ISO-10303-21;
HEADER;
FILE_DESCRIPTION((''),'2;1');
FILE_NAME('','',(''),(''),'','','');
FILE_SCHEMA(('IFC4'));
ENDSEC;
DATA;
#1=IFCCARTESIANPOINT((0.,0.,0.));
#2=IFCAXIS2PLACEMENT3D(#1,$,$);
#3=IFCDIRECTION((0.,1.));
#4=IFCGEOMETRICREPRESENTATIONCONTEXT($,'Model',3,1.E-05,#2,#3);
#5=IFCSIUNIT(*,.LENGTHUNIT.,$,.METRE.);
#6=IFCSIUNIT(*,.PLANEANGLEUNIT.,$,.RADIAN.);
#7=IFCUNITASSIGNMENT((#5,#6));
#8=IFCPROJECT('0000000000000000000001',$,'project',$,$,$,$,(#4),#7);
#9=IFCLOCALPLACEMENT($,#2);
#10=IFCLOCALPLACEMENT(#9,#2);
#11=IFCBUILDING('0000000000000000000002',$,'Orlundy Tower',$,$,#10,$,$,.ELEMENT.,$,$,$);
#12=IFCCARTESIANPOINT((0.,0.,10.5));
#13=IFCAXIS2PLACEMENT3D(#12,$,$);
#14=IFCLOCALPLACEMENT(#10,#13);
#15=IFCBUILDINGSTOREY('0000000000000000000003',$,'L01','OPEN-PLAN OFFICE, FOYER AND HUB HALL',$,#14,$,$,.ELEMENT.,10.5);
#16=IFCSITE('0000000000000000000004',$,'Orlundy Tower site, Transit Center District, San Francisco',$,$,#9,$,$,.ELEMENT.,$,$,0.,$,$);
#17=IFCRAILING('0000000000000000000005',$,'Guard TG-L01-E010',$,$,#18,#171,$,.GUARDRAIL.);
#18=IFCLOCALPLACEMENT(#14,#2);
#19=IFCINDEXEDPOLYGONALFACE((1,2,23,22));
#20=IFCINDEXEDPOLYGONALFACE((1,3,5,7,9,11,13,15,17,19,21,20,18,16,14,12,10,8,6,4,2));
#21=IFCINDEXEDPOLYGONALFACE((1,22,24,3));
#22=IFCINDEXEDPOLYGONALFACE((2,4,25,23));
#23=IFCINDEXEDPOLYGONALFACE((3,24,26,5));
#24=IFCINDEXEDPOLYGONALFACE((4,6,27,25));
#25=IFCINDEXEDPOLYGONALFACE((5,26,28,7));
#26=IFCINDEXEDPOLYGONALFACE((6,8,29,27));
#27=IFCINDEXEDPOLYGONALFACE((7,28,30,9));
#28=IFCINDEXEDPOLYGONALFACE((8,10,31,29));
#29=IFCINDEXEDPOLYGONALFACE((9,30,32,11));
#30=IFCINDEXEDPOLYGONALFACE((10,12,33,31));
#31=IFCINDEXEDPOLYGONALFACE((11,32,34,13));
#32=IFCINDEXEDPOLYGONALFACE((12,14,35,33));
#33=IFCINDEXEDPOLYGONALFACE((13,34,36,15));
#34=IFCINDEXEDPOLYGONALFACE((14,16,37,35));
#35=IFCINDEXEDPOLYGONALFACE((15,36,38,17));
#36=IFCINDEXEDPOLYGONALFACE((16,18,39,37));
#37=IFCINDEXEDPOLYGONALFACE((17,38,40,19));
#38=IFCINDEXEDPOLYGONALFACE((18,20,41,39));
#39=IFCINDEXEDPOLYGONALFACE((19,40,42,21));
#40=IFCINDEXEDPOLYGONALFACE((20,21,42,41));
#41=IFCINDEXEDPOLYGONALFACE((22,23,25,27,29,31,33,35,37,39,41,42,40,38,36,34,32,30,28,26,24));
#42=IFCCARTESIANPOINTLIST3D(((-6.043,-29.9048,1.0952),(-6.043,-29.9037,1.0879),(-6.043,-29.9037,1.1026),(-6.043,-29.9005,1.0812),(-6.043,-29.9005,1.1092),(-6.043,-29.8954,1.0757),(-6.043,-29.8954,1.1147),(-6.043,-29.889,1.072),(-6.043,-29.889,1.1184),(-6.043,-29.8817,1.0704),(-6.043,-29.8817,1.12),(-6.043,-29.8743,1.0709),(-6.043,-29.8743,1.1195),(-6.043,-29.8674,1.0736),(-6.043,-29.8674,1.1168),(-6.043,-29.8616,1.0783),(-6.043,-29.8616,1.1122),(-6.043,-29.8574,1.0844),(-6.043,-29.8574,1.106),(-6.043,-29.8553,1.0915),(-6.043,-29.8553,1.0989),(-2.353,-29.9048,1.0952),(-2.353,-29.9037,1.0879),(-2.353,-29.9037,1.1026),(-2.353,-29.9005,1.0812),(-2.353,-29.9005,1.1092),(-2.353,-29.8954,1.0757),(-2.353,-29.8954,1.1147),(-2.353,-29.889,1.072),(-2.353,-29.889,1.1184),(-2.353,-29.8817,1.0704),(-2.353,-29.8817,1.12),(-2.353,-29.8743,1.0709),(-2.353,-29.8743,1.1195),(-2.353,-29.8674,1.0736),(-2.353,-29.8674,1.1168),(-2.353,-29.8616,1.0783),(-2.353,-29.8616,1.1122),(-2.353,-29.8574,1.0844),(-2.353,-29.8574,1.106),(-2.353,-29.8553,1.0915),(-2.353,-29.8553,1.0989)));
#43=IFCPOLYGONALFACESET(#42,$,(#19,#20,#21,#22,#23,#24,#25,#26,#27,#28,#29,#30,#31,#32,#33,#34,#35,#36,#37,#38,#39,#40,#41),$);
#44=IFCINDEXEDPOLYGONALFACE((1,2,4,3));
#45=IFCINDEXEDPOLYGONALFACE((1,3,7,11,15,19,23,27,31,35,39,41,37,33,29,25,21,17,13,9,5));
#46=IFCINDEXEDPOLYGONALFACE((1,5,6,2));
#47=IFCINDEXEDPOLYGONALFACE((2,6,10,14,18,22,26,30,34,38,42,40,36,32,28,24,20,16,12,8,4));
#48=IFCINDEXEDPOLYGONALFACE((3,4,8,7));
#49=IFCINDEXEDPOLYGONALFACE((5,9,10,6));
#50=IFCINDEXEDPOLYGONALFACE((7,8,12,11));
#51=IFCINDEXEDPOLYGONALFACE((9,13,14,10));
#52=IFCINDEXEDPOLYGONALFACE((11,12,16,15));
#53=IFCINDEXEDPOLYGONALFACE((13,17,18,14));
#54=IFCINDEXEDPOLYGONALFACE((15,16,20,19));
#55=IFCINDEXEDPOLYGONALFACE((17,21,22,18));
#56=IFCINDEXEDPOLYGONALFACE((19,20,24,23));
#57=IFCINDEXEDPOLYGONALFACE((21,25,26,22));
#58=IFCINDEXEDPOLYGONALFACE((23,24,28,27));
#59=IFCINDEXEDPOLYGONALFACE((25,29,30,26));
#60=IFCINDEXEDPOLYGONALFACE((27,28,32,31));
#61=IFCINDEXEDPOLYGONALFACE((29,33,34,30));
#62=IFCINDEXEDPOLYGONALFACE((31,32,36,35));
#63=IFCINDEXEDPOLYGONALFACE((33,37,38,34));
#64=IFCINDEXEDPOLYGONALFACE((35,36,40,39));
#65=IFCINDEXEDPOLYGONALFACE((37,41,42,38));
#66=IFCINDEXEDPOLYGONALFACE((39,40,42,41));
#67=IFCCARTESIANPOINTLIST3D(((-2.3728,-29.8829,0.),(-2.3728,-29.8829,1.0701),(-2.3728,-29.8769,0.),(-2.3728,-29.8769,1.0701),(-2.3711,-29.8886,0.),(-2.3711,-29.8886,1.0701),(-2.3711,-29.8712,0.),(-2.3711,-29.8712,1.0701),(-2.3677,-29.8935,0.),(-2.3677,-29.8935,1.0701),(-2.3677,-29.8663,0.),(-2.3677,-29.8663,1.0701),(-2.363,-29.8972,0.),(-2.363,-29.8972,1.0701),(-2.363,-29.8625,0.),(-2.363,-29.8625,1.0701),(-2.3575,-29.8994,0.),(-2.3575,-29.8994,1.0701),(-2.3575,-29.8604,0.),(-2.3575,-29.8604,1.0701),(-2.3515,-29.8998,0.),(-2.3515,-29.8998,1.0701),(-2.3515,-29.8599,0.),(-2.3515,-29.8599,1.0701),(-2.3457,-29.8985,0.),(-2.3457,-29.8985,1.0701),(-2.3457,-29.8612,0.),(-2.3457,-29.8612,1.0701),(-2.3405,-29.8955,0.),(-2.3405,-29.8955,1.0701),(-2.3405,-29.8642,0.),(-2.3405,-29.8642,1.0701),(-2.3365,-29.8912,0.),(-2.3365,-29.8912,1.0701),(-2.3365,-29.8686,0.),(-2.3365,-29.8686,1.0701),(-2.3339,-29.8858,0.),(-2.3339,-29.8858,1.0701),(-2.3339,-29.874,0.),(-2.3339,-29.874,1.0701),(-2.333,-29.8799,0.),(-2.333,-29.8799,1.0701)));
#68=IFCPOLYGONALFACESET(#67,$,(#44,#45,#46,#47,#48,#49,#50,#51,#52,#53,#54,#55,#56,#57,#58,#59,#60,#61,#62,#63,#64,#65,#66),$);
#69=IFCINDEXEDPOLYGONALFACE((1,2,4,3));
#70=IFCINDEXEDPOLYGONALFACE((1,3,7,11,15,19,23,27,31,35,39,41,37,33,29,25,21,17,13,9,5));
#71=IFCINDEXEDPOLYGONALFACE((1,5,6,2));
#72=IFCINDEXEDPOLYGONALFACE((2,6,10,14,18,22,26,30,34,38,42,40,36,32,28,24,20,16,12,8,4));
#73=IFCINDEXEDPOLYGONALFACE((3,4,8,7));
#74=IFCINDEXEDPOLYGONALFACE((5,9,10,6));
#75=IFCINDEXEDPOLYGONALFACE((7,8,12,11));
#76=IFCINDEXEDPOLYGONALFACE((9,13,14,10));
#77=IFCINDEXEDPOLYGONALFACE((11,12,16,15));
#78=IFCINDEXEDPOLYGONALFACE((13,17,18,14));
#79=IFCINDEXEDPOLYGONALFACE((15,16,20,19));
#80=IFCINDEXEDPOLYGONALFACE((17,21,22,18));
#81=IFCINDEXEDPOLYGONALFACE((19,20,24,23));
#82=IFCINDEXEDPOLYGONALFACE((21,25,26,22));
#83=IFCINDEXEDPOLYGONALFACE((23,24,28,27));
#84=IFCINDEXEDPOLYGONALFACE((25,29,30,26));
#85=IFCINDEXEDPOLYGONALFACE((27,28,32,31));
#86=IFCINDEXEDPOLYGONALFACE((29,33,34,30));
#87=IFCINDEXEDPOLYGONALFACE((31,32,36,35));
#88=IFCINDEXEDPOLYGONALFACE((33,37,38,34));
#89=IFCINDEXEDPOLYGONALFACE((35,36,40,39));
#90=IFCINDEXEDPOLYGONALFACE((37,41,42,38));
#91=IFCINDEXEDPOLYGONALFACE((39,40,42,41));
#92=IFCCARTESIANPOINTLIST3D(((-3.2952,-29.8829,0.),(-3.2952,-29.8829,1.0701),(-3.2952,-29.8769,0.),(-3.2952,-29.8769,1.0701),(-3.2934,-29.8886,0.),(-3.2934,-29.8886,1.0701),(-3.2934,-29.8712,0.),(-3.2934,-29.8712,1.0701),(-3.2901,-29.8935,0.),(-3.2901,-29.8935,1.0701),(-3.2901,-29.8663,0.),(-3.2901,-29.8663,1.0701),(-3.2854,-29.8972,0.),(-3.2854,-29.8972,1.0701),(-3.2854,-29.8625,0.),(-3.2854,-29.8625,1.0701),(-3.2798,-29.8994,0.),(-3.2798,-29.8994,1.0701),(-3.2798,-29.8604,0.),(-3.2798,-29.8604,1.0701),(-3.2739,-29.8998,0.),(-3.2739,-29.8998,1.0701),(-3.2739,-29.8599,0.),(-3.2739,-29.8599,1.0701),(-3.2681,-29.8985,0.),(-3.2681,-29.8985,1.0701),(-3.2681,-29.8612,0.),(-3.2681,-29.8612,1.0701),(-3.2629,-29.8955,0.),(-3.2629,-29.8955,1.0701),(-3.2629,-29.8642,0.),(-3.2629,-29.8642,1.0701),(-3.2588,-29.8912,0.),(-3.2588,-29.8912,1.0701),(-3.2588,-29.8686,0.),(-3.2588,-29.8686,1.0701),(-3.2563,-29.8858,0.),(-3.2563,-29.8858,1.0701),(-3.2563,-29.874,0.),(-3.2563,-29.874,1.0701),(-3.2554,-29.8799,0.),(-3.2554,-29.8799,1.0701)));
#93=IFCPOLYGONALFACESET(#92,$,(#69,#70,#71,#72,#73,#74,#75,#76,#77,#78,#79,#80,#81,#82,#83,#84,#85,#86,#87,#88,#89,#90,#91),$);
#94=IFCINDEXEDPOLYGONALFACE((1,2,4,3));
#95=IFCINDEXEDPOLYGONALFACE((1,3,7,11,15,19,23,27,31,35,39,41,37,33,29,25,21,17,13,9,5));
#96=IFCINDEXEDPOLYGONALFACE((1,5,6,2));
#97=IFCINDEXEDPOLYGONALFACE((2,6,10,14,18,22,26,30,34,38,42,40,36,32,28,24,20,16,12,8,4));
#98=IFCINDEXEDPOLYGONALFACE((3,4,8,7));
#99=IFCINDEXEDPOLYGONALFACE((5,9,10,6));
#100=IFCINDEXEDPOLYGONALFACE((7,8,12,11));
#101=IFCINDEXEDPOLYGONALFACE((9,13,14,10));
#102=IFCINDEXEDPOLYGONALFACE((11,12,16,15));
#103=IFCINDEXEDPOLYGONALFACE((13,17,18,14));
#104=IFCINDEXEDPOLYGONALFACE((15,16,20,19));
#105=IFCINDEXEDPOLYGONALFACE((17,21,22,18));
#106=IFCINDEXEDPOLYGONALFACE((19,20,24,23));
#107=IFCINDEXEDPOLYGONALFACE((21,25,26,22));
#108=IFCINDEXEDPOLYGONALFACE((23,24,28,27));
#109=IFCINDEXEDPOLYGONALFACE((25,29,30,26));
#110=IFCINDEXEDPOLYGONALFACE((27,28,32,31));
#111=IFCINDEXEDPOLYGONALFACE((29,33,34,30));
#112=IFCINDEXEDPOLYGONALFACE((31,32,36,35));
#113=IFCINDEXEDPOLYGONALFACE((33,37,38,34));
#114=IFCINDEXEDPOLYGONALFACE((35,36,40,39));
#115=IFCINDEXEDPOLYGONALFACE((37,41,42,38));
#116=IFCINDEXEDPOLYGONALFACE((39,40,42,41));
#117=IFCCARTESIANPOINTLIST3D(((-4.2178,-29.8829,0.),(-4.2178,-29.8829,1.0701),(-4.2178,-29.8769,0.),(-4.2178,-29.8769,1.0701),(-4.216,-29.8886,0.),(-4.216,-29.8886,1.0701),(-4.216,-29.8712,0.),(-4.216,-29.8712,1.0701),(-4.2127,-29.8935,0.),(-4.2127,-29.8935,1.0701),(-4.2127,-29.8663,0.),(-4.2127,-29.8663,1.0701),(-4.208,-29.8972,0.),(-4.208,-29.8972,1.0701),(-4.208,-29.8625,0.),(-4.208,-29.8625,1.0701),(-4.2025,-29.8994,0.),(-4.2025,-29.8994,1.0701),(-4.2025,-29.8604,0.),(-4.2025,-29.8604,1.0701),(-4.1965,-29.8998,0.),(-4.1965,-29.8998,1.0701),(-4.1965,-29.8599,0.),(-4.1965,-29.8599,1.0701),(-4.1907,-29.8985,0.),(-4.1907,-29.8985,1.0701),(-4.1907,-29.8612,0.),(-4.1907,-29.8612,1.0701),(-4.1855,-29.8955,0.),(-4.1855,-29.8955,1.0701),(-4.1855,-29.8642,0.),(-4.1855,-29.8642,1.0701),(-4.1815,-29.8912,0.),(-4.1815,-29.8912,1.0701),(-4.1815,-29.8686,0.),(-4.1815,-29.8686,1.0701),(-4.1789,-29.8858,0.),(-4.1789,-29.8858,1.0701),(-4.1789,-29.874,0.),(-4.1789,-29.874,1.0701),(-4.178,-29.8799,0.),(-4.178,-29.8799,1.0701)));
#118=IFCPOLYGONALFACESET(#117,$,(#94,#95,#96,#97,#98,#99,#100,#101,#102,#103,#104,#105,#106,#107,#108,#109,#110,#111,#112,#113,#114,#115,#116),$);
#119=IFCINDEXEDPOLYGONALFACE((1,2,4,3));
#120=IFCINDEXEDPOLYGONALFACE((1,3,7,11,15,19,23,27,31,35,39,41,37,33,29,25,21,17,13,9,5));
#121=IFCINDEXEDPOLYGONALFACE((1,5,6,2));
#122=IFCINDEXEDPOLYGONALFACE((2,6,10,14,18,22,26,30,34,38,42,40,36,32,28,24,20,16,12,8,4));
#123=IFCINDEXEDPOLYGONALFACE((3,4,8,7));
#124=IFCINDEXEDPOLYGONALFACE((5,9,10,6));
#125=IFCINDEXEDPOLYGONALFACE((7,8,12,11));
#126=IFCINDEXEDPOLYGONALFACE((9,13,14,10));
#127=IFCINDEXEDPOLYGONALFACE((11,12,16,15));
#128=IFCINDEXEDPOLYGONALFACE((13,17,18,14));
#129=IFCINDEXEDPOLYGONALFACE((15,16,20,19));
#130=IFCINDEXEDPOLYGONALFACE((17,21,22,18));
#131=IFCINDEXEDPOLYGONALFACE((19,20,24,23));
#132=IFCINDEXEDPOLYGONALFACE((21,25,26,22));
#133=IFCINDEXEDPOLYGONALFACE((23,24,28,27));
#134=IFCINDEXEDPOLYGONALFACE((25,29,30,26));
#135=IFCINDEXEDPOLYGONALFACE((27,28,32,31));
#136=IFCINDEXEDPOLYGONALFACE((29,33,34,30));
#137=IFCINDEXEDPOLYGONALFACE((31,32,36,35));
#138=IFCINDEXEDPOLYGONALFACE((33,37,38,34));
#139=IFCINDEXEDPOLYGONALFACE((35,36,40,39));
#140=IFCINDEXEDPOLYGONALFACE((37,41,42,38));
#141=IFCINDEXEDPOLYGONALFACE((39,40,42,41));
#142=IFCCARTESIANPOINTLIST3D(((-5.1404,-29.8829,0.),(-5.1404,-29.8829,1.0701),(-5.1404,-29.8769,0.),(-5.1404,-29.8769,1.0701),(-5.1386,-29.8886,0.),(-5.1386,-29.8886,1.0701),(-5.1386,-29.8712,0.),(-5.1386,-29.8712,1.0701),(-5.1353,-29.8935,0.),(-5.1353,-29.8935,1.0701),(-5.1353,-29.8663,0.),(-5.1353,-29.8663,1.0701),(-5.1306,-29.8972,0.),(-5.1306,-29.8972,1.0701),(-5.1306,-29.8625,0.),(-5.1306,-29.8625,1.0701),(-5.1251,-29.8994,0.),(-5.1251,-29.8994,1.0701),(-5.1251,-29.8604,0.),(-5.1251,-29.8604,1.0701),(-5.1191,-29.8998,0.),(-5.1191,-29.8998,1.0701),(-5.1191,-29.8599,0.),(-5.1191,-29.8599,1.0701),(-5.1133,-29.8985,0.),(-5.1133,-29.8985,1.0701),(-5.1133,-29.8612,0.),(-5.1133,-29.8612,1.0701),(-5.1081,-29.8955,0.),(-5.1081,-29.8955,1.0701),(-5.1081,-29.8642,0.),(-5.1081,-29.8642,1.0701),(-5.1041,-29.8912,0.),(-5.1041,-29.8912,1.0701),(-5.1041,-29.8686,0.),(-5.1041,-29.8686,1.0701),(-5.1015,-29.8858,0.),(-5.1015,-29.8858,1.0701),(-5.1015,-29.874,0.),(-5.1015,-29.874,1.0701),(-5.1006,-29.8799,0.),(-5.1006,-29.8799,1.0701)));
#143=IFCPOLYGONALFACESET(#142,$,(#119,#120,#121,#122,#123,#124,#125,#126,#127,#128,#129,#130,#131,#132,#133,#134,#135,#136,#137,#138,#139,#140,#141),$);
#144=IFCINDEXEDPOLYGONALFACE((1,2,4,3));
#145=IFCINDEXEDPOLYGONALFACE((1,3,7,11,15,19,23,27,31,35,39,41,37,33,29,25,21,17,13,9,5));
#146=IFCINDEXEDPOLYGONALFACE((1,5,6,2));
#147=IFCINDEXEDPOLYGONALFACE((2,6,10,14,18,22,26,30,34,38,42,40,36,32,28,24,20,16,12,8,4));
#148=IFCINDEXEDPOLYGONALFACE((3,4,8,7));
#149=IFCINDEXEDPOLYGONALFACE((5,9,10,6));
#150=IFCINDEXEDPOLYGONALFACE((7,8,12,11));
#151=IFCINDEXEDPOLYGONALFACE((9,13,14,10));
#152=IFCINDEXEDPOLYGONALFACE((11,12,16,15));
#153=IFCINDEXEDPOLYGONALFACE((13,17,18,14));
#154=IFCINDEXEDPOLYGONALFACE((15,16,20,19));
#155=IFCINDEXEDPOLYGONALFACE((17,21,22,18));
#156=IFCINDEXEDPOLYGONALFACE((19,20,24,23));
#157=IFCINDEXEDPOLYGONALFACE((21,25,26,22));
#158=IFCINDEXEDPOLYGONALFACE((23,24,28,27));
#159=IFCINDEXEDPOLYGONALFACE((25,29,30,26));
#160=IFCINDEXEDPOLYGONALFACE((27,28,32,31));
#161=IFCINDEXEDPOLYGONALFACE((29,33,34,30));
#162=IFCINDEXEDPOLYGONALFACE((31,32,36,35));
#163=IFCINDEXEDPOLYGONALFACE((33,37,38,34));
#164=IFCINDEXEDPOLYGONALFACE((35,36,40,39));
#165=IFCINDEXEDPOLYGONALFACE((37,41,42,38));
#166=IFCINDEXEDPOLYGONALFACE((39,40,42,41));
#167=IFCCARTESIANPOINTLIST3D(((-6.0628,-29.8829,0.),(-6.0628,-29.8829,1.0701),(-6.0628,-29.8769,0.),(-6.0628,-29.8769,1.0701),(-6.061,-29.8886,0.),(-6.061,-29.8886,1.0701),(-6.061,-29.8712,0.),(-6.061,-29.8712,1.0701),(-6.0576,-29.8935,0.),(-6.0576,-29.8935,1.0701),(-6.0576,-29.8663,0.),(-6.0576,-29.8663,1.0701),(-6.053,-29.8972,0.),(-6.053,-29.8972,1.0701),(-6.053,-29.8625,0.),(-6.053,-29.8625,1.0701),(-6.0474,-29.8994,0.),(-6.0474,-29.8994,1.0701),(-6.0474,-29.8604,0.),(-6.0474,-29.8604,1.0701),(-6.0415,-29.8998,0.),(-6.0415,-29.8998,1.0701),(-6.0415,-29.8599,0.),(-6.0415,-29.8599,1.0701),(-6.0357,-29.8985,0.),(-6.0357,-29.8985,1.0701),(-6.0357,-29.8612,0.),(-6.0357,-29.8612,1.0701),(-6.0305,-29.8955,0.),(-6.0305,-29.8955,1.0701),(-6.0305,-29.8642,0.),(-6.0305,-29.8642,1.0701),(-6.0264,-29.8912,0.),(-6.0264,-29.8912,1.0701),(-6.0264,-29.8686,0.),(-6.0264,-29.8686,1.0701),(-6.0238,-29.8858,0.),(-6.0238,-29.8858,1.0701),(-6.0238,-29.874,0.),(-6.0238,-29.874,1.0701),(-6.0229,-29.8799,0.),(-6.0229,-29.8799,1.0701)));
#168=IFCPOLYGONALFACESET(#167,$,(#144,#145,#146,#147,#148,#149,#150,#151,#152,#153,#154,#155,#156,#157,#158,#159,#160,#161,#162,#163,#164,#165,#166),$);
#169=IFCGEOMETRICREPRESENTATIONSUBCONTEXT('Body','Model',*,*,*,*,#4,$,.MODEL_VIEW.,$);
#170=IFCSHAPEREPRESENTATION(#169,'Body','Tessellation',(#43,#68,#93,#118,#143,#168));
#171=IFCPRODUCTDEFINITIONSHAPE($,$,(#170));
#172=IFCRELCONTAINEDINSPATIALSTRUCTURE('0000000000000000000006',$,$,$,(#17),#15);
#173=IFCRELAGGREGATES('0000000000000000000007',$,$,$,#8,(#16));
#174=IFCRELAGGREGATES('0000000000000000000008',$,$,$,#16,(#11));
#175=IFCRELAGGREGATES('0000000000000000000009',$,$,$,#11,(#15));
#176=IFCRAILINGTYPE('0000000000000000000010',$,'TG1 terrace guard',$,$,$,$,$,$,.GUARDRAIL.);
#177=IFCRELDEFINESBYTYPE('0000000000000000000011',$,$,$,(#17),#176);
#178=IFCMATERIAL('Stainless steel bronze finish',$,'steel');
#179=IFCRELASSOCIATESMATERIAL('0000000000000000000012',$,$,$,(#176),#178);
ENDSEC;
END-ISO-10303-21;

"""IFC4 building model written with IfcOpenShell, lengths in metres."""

from ifc_helpers import new_model, si_unit, direction, frame, origin, origin_2d, place, context, subcontext, project, spatial, circle, extrude, material, type_object, element, save


model = new_model("IFC4")

# Units and contexts
model_context = context("Model", 3, precision=1e-05, world=origin(), true_north=direction((0.0, 1.0)))
body_context = subcontext(model_context, "Body", "Model", "MODEL_VIEW")
ifc_project = project(units=[si_unit("LENGTHUNIT", "METRE"), si_unit("PLANEANGLEUNIT", "RADIAN")], contexts=[model_context])

# Site, building, storey
site_placement = place(None, origin())
site = spatial("IfcSite", under=ifc_project, at=site_placement, Name="Orlundy Tower site, Transit Center District, San Francisco", CompositionType="ELEMENT", RefElevation=0.0)
building_placement = place(site_placement, origin())
building = spatial("IfcBuilding", under=site, at=building_placement, Name="Orlundy Tower", CompositionType="ELEMENT")
storey_placement = place(building_placement, frame((0.0, 0.0, 10.5)))
storey = spatial("IfcBuildingStorey", under=building, at=storey_placement, Name="L01", Description="OPEN-PLAN OFFICE, FOYER AND HUB HALL", CompositionType="ELEMENT", Elevation=10.5)

# Railing
ifc_material_1 = material(Name="Stainless steel bronze finish", Category="steel")
railing_type = type_object("IfcRailingType", Name="TG1 terrace guard", PredefinedType="GUARDRAIL", material=ifc_material_1)
railing_placement = place(storey_placement, frame((-2.353, -29.8799, 0.0)))
element("IfcRailing", 1, at=railing_placement, inside=storey, type_object=railing_type, Name="Guard TG-L01-E010", PredefinedType="GUARDRAIL", context=body_context, shape_type="SweptSolid", body=[
    extrude(circle(Radius=0.0249, at=origin_2d()), frame((0.0, 0.0, 1.0952), z_axis=(-1.0, 0.0, 0.0), x_axis=(0.0, -1.0, 0.0)), (0.0, 0.0, 1.0), 3.6899),
    extrude(circle(Radius=0.02, at=origin_2d()), origin(), (0.0, 0.0, 1.0), 1.0701),
    extrude(circle(Radius=0.02, at=origin_2d()), frame((-0.9224, 0.0, 0.0)), (0.0, 0.0, 1.0), 1.0701),
    extrude(circle(Radius=0.02, at=origin_2d()), frame((-1.845, 0.0, 0.0)), (0.0, 0.0, 1.0), 1.0701),
    extrude(circle(Radius=0.02, at=origin_2d()), frame((-2.7676, 0.0, 0.0)), (0.0, 0.0, 1.0), 1.0701),
    extrude(circle(Radius=0.02, at=origin_2d()), frame((-3.6899, 0.0, 0.0)), (0.0, 0.0, 1.0), 1.0701),
])

save(model, "model.ifc")
